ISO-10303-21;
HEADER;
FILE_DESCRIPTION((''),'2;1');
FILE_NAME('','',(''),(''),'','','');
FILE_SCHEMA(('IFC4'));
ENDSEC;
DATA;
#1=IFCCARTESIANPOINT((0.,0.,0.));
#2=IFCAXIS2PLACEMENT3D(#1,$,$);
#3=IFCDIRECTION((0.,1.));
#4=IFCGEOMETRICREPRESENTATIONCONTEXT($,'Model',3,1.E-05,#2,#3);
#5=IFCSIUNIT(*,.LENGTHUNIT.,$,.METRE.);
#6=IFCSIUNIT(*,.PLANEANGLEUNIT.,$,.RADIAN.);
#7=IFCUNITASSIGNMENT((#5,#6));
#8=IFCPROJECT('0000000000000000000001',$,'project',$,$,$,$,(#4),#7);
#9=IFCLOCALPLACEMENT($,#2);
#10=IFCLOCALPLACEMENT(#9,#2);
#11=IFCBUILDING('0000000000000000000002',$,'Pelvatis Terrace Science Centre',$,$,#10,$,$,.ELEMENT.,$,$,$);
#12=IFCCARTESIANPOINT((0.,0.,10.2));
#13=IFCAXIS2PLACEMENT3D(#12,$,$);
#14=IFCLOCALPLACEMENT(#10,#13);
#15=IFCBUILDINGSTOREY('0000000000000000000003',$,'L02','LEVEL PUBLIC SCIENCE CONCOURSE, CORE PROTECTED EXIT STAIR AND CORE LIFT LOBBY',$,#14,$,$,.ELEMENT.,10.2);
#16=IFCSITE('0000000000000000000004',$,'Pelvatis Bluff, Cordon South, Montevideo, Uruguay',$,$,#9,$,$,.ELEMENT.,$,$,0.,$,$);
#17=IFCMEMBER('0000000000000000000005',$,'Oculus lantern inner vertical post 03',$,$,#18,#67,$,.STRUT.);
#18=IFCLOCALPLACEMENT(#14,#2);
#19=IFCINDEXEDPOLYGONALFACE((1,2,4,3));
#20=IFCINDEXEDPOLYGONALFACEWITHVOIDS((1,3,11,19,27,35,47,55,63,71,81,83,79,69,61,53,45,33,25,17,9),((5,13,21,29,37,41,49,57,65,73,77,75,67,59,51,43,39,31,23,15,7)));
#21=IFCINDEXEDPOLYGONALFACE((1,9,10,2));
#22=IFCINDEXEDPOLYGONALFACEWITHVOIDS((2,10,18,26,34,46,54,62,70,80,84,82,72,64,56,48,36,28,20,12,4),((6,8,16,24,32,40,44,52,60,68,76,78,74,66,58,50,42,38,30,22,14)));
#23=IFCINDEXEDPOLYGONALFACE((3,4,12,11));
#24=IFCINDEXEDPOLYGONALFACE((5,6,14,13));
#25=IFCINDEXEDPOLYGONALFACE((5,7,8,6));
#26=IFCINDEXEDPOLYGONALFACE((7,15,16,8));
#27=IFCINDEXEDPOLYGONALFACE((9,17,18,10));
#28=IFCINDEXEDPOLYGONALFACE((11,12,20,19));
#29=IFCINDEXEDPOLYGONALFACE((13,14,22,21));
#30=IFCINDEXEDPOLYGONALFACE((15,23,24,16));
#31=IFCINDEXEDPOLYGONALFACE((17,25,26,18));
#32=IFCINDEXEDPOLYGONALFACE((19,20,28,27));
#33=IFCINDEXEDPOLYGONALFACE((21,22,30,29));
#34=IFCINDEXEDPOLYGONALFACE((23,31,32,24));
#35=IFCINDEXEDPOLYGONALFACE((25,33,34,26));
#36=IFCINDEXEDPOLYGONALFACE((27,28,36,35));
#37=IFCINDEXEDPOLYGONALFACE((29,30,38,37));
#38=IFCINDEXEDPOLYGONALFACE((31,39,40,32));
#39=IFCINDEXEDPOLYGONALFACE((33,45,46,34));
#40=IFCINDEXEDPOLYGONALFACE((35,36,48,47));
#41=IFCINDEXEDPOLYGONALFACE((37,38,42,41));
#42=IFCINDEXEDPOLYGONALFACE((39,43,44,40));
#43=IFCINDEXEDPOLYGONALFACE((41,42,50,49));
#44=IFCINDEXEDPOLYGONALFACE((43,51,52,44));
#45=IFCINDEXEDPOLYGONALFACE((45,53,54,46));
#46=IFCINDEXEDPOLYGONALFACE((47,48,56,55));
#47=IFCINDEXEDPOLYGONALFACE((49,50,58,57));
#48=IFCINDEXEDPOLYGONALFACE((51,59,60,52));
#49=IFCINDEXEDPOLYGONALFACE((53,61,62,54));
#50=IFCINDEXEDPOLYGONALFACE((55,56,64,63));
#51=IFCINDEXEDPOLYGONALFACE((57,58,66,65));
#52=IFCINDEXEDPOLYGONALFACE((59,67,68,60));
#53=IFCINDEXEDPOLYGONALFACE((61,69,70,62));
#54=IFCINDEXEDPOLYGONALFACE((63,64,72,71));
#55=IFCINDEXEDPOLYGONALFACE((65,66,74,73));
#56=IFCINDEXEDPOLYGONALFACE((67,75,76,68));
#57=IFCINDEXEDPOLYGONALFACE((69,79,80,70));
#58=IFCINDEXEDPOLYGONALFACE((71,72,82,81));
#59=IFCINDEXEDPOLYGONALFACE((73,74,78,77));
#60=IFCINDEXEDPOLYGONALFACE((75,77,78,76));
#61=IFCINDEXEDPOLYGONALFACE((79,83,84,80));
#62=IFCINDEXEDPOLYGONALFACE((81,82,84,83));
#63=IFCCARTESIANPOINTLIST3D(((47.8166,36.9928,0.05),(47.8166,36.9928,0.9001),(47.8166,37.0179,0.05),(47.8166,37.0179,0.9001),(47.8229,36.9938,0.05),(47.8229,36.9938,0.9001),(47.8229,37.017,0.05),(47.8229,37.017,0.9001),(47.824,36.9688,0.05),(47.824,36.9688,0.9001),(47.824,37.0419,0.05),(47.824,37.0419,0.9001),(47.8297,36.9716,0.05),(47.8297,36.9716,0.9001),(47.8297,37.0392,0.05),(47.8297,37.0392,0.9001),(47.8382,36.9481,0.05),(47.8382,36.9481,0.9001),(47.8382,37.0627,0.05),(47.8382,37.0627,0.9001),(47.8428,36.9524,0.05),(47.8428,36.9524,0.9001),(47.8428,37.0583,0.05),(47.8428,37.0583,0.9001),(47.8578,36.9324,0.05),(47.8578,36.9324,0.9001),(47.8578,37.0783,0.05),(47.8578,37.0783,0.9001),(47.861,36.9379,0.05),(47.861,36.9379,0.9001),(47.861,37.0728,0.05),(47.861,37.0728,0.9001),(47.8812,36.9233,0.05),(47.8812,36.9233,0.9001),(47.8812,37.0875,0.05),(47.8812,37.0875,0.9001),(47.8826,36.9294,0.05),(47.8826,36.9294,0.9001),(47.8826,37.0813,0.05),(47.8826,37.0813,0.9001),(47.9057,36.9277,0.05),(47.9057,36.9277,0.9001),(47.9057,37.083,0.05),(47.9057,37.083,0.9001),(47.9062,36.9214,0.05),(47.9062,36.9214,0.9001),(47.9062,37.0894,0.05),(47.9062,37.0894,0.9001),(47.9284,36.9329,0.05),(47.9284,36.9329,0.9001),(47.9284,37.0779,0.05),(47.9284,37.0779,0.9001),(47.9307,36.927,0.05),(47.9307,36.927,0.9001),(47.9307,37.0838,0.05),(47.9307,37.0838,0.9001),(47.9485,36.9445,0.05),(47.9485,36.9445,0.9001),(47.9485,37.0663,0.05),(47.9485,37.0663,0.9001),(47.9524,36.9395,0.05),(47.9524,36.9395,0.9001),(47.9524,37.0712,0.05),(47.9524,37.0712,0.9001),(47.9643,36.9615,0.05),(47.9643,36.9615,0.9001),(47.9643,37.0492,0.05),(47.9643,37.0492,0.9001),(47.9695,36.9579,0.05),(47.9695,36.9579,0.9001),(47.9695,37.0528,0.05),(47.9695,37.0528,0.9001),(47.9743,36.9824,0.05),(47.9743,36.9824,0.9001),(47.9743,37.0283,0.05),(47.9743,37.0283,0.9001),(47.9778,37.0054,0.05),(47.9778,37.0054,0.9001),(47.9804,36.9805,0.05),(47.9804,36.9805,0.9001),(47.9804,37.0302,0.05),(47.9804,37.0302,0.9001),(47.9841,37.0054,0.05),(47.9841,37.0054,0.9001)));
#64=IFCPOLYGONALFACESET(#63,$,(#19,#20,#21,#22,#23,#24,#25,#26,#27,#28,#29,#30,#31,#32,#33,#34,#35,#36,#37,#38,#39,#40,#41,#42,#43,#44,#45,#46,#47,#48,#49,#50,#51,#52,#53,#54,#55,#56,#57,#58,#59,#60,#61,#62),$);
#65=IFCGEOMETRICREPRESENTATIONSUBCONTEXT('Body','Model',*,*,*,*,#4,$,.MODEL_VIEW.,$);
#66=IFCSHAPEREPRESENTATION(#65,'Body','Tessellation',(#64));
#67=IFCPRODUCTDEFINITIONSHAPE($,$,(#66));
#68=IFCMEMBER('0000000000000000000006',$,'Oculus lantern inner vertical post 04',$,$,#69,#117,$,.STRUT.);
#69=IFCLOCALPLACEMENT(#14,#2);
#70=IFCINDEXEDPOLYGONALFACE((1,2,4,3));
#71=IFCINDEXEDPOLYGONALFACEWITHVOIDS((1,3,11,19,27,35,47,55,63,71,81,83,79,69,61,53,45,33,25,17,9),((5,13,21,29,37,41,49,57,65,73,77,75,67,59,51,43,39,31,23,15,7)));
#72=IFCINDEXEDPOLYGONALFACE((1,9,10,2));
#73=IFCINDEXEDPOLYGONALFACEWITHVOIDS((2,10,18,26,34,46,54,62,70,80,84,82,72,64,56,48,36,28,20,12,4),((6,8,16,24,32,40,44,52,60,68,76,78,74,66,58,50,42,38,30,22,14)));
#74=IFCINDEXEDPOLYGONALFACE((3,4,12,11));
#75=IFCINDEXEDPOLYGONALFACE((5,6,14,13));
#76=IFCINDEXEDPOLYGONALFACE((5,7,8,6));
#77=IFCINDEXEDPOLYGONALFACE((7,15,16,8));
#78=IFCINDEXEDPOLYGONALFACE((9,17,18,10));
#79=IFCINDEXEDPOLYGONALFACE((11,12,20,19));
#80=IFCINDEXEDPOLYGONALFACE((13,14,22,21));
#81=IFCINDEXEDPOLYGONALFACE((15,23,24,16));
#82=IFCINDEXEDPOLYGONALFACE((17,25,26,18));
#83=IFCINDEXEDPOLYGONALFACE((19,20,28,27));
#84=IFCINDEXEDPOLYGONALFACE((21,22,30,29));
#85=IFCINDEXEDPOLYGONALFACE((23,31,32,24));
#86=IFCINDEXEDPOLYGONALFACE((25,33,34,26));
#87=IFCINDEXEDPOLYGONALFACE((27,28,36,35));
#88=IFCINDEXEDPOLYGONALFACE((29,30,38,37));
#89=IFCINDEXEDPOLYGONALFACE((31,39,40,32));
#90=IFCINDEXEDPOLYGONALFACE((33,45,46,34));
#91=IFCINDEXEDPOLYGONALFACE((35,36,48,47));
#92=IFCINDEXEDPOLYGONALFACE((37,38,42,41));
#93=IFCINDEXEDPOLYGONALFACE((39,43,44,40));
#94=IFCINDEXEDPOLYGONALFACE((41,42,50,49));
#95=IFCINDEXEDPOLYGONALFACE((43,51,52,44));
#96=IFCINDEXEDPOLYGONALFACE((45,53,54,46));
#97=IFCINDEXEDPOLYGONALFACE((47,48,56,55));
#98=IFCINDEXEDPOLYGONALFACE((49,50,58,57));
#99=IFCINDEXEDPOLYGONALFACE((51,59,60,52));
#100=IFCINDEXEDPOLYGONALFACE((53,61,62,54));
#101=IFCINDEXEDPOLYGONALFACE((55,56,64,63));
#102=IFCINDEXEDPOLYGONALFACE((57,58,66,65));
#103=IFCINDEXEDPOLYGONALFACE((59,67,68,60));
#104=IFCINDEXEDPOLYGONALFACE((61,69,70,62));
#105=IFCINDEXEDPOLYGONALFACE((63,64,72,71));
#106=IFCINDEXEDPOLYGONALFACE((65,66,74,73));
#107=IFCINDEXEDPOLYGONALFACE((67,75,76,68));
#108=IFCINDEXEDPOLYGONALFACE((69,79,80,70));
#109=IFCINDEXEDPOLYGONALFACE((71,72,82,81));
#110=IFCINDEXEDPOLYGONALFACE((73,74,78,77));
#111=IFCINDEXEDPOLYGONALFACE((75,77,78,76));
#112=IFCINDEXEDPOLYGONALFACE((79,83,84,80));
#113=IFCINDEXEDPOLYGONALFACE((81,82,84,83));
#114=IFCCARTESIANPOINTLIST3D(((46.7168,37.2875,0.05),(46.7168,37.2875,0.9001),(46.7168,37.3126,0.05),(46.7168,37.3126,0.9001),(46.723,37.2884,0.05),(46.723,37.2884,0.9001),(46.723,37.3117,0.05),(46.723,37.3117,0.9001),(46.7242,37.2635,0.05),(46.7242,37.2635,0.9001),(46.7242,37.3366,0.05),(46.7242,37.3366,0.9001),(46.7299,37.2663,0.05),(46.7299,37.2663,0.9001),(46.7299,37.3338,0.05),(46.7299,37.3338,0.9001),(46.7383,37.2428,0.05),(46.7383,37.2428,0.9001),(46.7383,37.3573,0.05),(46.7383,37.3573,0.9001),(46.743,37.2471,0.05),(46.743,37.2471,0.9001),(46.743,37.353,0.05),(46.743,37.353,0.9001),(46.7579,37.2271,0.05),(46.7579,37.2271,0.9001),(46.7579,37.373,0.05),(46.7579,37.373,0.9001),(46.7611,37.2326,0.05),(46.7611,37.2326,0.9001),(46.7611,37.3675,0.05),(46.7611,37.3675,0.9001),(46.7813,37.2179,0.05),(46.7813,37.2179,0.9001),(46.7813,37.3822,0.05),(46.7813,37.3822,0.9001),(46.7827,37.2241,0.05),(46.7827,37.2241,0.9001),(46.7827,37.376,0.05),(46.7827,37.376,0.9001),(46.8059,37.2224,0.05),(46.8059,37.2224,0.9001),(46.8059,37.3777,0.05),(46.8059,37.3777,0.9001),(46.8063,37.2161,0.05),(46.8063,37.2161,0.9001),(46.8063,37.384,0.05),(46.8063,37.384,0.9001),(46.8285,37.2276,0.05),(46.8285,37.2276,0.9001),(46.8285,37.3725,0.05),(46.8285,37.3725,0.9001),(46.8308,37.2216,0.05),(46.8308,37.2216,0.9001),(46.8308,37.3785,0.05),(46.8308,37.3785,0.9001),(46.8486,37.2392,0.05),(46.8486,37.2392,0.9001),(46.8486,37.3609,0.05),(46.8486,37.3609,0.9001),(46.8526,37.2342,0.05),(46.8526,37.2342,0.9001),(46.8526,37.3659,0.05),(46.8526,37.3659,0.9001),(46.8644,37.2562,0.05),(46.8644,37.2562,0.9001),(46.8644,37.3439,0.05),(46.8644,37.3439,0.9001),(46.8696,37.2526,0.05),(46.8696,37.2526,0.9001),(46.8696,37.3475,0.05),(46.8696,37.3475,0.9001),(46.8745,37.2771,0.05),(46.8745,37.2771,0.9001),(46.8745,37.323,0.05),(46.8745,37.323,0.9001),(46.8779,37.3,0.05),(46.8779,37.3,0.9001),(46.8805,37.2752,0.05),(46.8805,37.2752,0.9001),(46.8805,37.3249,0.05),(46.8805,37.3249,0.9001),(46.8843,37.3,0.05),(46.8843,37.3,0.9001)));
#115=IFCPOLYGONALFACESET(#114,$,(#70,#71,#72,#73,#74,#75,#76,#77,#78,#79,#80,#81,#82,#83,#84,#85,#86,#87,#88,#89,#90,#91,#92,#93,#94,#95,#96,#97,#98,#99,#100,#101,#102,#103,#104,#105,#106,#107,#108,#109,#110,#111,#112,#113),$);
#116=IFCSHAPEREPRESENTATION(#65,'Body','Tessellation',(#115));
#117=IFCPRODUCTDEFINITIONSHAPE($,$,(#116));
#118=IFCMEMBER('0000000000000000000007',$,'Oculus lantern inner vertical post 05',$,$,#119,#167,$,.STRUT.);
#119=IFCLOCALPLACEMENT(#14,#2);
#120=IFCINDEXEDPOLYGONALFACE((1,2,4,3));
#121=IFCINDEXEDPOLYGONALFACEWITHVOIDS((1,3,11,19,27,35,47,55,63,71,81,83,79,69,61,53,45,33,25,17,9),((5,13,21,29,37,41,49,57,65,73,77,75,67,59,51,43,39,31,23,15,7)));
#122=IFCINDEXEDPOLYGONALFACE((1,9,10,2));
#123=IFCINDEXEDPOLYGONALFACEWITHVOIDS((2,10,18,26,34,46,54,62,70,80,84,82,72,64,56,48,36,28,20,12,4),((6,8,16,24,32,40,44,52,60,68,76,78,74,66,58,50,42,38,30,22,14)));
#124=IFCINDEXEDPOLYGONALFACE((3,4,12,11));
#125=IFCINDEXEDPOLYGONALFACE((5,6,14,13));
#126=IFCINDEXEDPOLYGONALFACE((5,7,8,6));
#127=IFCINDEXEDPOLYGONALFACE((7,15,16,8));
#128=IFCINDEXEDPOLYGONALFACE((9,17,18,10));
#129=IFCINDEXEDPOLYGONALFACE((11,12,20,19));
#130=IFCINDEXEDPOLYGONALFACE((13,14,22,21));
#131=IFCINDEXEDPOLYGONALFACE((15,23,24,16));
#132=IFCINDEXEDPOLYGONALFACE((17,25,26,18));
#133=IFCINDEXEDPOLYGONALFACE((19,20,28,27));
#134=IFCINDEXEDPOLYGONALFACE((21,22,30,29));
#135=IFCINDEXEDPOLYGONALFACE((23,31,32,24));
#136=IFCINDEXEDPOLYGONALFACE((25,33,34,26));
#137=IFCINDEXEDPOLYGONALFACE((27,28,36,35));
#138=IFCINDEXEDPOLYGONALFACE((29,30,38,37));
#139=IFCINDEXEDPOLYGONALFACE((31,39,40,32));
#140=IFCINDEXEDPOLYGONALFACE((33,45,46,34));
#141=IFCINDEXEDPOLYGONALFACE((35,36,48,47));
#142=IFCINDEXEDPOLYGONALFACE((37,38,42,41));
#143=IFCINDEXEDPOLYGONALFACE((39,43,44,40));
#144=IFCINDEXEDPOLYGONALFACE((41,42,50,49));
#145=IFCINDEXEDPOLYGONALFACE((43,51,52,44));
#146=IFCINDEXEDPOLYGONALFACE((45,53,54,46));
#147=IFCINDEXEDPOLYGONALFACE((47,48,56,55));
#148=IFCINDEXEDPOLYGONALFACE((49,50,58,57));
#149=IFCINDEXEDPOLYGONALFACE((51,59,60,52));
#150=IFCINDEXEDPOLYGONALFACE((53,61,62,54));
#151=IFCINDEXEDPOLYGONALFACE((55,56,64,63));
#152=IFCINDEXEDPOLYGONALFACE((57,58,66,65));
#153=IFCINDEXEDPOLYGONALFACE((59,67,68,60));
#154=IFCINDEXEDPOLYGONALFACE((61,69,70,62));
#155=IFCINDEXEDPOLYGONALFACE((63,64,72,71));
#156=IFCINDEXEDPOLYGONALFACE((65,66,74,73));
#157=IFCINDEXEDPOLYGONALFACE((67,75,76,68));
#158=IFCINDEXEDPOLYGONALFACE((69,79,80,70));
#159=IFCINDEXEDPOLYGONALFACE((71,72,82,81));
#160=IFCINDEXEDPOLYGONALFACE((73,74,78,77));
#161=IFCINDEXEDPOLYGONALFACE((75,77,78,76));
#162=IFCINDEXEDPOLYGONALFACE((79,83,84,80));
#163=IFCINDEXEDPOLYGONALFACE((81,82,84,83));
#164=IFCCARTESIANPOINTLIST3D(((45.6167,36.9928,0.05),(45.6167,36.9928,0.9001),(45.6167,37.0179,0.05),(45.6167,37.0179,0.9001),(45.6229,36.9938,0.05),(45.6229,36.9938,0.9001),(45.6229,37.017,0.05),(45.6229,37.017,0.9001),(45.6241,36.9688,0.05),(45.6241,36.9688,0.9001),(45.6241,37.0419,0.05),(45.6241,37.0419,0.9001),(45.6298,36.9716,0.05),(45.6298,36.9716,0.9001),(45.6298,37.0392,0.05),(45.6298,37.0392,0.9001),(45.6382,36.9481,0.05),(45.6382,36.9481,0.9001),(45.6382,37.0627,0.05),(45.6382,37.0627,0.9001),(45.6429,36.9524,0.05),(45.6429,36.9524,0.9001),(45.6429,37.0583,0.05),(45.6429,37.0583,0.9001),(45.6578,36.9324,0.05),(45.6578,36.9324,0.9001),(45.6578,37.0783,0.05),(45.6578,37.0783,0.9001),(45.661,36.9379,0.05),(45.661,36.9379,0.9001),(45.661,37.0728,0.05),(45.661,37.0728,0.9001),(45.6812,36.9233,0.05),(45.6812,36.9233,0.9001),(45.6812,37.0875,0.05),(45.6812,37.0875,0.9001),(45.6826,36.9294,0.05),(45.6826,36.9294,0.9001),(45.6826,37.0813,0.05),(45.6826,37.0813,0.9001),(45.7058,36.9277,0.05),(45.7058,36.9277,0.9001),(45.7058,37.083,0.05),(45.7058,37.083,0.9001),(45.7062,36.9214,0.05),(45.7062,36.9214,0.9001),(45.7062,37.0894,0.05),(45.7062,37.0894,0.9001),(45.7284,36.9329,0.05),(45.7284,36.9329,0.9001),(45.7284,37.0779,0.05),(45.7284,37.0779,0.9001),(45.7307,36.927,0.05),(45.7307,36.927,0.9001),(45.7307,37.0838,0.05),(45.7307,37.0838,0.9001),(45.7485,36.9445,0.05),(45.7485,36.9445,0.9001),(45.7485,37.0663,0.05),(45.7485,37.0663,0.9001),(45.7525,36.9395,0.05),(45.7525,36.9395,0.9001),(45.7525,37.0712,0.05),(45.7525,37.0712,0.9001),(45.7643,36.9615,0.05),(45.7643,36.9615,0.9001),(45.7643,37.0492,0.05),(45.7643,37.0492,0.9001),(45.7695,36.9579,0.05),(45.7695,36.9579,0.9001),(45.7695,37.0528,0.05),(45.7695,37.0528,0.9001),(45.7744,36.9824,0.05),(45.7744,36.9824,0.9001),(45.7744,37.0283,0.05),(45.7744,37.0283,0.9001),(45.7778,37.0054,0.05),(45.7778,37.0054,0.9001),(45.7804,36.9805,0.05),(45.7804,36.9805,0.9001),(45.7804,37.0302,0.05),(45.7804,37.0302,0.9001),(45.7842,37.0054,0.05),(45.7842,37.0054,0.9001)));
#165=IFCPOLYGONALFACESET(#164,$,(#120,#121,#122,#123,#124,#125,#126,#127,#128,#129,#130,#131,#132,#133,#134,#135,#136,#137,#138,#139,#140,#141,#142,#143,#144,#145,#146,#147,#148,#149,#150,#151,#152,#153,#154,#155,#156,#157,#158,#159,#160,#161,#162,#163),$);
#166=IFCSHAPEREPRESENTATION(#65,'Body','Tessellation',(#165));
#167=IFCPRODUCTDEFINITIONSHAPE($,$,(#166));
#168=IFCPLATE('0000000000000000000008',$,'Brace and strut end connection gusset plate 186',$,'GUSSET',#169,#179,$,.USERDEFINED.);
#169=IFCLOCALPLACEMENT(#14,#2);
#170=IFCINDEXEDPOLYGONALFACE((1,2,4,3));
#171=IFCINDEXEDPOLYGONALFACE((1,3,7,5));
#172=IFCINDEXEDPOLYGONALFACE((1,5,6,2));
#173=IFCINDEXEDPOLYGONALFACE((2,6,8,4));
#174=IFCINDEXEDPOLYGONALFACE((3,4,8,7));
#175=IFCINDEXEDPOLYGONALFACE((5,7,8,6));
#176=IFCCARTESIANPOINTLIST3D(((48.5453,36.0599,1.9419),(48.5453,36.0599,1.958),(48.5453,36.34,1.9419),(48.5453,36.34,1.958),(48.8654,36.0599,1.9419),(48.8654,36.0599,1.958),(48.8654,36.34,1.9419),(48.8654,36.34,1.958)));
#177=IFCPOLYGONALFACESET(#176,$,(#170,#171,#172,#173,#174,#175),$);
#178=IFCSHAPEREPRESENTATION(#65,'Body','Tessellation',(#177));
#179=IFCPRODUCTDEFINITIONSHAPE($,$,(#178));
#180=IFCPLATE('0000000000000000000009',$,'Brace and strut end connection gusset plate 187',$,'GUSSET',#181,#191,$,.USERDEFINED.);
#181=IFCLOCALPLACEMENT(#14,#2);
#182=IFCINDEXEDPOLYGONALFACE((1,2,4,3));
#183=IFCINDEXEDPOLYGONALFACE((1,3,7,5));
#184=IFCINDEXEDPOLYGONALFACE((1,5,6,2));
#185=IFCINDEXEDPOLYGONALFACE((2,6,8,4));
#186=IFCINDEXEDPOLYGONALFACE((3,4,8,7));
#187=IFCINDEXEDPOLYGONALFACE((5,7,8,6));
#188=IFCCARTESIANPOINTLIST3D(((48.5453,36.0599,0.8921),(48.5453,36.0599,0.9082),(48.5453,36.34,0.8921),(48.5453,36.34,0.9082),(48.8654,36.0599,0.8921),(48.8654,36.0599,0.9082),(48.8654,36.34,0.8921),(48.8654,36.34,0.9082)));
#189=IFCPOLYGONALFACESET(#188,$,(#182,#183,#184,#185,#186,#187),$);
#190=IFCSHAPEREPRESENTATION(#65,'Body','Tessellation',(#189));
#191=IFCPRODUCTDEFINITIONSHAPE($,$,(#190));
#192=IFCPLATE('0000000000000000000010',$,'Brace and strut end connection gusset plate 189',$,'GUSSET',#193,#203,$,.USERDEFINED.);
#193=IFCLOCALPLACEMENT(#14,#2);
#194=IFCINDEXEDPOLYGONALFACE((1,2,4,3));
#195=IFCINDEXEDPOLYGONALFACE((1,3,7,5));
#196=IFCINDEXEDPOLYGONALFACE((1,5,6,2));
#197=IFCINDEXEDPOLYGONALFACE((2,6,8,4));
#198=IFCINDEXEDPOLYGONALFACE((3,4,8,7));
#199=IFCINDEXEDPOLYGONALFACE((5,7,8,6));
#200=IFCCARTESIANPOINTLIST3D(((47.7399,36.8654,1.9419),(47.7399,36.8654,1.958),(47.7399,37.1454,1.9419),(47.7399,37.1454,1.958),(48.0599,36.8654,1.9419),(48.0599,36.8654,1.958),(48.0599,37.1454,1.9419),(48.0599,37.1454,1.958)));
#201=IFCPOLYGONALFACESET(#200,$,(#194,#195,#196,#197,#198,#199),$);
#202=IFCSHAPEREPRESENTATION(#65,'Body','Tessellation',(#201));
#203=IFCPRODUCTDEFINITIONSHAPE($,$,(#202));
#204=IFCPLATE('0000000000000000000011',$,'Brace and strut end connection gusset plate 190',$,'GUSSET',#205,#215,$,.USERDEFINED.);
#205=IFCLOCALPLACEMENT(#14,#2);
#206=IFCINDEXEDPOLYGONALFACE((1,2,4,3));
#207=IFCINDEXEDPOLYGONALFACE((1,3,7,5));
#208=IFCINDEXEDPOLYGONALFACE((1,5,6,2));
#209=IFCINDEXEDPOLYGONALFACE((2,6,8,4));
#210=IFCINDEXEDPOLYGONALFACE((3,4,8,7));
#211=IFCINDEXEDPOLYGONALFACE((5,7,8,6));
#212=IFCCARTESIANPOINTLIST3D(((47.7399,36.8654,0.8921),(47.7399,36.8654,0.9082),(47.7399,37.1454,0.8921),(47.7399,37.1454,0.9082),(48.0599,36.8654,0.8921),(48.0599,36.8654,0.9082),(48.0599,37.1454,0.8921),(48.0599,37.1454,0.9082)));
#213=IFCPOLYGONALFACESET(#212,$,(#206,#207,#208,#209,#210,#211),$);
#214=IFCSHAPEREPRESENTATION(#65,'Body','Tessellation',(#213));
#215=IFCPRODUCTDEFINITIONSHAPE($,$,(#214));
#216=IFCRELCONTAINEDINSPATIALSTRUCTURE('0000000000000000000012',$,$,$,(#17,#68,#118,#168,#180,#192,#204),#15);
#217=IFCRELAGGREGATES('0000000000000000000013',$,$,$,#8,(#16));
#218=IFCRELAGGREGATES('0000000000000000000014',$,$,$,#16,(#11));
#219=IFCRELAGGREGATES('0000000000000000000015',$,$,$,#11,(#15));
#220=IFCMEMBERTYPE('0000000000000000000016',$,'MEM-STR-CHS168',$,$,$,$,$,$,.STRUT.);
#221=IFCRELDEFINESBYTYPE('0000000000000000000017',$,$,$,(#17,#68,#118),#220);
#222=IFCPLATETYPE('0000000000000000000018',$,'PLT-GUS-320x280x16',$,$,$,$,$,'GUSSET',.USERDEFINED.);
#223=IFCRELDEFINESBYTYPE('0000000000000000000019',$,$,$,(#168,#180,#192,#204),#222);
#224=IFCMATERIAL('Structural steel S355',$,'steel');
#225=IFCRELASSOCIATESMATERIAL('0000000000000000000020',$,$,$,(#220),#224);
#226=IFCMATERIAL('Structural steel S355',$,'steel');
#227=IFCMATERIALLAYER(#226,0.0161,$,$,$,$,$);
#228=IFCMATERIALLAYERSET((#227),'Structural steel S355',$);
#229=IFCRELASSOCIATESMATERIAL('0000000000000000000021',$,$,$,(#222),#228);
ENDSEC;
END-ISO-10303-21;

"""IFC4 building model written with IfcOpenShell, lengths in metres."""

from ifc_helpers import new_model, si_unit, direction, frame, origin, origin_2d, place, context, subcontext, project, spatial, rectangle, hollow_circle, extrude, material, layer, layer_set, material_profile, profile_set, type_object, element, save


model = new_model("IFC4")

# Units and contexts
model_context = context("Model", 3, precision=1e-05, world=origin(), true_north=direction((0.0, 1.0)))
body_context = subcontext(model_context, "Body", "Model", "MODEL_VIEW")
ifc_project = project(units=[si_unit("LENGTHUNIT", "METRE"), si_unit("PLANEANGLEUNIT", "RADIAN")], contexts=[model_context])

# Site, building, storey
site_placement = place(None, origin())
site = spatial("IfcSite", under=ifc_project, at=site_placement, Name="Pelvatis Bluff, Cordon South, Montevideo, Uruguay", CompositionType="ELEMENT", RefElevation=0.0)
building_placement = place(site_placement, origin())
building = spatial("IfcBuilding", under=site, at=building_placement, Name="Pelvatis Terrace Science Centre", CompositionType="ELEMENT")
storey_placement = place(building_placement, frame((0.0, 0.0, 10.2)))
storey = spatial("IfcBuildingStorey", under=building, at=storey_placement, Name="L02", Description="LEVEL PUBLIC SCIENCE CONCOURSE, CORE PROTECTED EXIT STAIR AND CORE LIFT LOBBY", CompositionType="ELEMENT", Elevation=10.2)

# Members
ifc_material_1 = material(Name="Structural steel S355", Category="steel")
ifc_material_profile_1 = material_profile(ifc_material_1, hollow_circle(Radius=0.0842, WallThickness=0.0063, at=origin_2d()), Name="CHS 168.3x6.3")
ifc_profile_set_1 = profile_set([ifc_material_profile_1], Name="Structural steel S355")
member_type_1 = type_object("IfcMemberType", Name="MEM-STR-CHS168", PredefinedType="STRUT", material=ifc_profile_set_1)
for number, where, z_axis, x_axis, name in (
    (1, (47.8999, 37.0054, 0.05), (0.0, 0.0, 1.0), (1.0, 0.0, 0.0), "Oculus lantern inner vertical post 03"),
    (2, (46.8, 37.3, 0.05), (0.0, 0.0, 1.0), (1.0, 0.0, 0.0), "Oculus lantern inner vertical post 04"),
    (3, (45.7, 37.0054, 0.05), (0.0, 0.0, 1.0), (1.0, 0.0, 0.0), "Oculus lantern inner vertical post 05"),
):
    element("IfcMember", number, at=place(storey_placement, frame(where, z_axis=z_axis, x_axis=x_axis)), inside=storey, type_object=member_type_1, Name=name, PredefinedType="STRUT", context=body_context, shape_type="SweptSolid", body=[
        extrude(hollow_circle(Radius=0.0842, WallThickness=0.0063, at=origin_2d()), origin(), (0.0, 0.0, 1.0), 0.8501),
    ])

# Plates
ifc_material_2 = material(Name="Structural steel S355", Category="steel")
ifc_layer = layer(ifc_material_2, 0.0161)
ifc_layer_set = layer_set([ifc_layer], Name="Structural steel S355")
plate_type = type_object("IfcPlateType", Name="PLT-GUS-320x280x16", ElementType="GUSSET", PredefinedType="USERDEFINED", material=ifc_layer_set)
for number, where, z_axis, x_axis, name in (
    (4, (48.7053, 36.2, 1.9419), (0.0, 0.0, 1.0), (1.0, 0.0, 0.0), "Brace and strut end connection gusset plate 186"),
    (5, (48.7053, 36.2, 0.8921), (0.0, 0.0, 1.0), (1.0, 0.0, 0.0), "Brace and strut end connection gusset plate 187"),
    (6, (47.8999, 37.0054, 1.9419), (0.0, 0.0, 1.0), (1.0, 0.0, 0.0), "Brace and strut end connection gusset plate 189"),
    (7, (47.8999, 37.0054, 0.8921), (0.0, 0.0, 1.0), (1.0, 0.0, 0.0), "Brace and strut end connection gusset plate 190"),
):
    element("IfcPlate", number, at=place(storey_placement, frame(where, z_axis=z_axis, x_axis=x_axis)), inside=storey, type_object=plate_type, Name=name, ObjectType="GUSSET", PredefinedType="USERDEFINED", context=body_context, shape_type="SweptSolid", body=[
        extrude(rectangle(XDim=0.3201, YDim=0.28, at=origin_2d()), origin(), (0.0, 0.0, 1.0), 0.0161),
    ])

save(model, "model.ifc")
